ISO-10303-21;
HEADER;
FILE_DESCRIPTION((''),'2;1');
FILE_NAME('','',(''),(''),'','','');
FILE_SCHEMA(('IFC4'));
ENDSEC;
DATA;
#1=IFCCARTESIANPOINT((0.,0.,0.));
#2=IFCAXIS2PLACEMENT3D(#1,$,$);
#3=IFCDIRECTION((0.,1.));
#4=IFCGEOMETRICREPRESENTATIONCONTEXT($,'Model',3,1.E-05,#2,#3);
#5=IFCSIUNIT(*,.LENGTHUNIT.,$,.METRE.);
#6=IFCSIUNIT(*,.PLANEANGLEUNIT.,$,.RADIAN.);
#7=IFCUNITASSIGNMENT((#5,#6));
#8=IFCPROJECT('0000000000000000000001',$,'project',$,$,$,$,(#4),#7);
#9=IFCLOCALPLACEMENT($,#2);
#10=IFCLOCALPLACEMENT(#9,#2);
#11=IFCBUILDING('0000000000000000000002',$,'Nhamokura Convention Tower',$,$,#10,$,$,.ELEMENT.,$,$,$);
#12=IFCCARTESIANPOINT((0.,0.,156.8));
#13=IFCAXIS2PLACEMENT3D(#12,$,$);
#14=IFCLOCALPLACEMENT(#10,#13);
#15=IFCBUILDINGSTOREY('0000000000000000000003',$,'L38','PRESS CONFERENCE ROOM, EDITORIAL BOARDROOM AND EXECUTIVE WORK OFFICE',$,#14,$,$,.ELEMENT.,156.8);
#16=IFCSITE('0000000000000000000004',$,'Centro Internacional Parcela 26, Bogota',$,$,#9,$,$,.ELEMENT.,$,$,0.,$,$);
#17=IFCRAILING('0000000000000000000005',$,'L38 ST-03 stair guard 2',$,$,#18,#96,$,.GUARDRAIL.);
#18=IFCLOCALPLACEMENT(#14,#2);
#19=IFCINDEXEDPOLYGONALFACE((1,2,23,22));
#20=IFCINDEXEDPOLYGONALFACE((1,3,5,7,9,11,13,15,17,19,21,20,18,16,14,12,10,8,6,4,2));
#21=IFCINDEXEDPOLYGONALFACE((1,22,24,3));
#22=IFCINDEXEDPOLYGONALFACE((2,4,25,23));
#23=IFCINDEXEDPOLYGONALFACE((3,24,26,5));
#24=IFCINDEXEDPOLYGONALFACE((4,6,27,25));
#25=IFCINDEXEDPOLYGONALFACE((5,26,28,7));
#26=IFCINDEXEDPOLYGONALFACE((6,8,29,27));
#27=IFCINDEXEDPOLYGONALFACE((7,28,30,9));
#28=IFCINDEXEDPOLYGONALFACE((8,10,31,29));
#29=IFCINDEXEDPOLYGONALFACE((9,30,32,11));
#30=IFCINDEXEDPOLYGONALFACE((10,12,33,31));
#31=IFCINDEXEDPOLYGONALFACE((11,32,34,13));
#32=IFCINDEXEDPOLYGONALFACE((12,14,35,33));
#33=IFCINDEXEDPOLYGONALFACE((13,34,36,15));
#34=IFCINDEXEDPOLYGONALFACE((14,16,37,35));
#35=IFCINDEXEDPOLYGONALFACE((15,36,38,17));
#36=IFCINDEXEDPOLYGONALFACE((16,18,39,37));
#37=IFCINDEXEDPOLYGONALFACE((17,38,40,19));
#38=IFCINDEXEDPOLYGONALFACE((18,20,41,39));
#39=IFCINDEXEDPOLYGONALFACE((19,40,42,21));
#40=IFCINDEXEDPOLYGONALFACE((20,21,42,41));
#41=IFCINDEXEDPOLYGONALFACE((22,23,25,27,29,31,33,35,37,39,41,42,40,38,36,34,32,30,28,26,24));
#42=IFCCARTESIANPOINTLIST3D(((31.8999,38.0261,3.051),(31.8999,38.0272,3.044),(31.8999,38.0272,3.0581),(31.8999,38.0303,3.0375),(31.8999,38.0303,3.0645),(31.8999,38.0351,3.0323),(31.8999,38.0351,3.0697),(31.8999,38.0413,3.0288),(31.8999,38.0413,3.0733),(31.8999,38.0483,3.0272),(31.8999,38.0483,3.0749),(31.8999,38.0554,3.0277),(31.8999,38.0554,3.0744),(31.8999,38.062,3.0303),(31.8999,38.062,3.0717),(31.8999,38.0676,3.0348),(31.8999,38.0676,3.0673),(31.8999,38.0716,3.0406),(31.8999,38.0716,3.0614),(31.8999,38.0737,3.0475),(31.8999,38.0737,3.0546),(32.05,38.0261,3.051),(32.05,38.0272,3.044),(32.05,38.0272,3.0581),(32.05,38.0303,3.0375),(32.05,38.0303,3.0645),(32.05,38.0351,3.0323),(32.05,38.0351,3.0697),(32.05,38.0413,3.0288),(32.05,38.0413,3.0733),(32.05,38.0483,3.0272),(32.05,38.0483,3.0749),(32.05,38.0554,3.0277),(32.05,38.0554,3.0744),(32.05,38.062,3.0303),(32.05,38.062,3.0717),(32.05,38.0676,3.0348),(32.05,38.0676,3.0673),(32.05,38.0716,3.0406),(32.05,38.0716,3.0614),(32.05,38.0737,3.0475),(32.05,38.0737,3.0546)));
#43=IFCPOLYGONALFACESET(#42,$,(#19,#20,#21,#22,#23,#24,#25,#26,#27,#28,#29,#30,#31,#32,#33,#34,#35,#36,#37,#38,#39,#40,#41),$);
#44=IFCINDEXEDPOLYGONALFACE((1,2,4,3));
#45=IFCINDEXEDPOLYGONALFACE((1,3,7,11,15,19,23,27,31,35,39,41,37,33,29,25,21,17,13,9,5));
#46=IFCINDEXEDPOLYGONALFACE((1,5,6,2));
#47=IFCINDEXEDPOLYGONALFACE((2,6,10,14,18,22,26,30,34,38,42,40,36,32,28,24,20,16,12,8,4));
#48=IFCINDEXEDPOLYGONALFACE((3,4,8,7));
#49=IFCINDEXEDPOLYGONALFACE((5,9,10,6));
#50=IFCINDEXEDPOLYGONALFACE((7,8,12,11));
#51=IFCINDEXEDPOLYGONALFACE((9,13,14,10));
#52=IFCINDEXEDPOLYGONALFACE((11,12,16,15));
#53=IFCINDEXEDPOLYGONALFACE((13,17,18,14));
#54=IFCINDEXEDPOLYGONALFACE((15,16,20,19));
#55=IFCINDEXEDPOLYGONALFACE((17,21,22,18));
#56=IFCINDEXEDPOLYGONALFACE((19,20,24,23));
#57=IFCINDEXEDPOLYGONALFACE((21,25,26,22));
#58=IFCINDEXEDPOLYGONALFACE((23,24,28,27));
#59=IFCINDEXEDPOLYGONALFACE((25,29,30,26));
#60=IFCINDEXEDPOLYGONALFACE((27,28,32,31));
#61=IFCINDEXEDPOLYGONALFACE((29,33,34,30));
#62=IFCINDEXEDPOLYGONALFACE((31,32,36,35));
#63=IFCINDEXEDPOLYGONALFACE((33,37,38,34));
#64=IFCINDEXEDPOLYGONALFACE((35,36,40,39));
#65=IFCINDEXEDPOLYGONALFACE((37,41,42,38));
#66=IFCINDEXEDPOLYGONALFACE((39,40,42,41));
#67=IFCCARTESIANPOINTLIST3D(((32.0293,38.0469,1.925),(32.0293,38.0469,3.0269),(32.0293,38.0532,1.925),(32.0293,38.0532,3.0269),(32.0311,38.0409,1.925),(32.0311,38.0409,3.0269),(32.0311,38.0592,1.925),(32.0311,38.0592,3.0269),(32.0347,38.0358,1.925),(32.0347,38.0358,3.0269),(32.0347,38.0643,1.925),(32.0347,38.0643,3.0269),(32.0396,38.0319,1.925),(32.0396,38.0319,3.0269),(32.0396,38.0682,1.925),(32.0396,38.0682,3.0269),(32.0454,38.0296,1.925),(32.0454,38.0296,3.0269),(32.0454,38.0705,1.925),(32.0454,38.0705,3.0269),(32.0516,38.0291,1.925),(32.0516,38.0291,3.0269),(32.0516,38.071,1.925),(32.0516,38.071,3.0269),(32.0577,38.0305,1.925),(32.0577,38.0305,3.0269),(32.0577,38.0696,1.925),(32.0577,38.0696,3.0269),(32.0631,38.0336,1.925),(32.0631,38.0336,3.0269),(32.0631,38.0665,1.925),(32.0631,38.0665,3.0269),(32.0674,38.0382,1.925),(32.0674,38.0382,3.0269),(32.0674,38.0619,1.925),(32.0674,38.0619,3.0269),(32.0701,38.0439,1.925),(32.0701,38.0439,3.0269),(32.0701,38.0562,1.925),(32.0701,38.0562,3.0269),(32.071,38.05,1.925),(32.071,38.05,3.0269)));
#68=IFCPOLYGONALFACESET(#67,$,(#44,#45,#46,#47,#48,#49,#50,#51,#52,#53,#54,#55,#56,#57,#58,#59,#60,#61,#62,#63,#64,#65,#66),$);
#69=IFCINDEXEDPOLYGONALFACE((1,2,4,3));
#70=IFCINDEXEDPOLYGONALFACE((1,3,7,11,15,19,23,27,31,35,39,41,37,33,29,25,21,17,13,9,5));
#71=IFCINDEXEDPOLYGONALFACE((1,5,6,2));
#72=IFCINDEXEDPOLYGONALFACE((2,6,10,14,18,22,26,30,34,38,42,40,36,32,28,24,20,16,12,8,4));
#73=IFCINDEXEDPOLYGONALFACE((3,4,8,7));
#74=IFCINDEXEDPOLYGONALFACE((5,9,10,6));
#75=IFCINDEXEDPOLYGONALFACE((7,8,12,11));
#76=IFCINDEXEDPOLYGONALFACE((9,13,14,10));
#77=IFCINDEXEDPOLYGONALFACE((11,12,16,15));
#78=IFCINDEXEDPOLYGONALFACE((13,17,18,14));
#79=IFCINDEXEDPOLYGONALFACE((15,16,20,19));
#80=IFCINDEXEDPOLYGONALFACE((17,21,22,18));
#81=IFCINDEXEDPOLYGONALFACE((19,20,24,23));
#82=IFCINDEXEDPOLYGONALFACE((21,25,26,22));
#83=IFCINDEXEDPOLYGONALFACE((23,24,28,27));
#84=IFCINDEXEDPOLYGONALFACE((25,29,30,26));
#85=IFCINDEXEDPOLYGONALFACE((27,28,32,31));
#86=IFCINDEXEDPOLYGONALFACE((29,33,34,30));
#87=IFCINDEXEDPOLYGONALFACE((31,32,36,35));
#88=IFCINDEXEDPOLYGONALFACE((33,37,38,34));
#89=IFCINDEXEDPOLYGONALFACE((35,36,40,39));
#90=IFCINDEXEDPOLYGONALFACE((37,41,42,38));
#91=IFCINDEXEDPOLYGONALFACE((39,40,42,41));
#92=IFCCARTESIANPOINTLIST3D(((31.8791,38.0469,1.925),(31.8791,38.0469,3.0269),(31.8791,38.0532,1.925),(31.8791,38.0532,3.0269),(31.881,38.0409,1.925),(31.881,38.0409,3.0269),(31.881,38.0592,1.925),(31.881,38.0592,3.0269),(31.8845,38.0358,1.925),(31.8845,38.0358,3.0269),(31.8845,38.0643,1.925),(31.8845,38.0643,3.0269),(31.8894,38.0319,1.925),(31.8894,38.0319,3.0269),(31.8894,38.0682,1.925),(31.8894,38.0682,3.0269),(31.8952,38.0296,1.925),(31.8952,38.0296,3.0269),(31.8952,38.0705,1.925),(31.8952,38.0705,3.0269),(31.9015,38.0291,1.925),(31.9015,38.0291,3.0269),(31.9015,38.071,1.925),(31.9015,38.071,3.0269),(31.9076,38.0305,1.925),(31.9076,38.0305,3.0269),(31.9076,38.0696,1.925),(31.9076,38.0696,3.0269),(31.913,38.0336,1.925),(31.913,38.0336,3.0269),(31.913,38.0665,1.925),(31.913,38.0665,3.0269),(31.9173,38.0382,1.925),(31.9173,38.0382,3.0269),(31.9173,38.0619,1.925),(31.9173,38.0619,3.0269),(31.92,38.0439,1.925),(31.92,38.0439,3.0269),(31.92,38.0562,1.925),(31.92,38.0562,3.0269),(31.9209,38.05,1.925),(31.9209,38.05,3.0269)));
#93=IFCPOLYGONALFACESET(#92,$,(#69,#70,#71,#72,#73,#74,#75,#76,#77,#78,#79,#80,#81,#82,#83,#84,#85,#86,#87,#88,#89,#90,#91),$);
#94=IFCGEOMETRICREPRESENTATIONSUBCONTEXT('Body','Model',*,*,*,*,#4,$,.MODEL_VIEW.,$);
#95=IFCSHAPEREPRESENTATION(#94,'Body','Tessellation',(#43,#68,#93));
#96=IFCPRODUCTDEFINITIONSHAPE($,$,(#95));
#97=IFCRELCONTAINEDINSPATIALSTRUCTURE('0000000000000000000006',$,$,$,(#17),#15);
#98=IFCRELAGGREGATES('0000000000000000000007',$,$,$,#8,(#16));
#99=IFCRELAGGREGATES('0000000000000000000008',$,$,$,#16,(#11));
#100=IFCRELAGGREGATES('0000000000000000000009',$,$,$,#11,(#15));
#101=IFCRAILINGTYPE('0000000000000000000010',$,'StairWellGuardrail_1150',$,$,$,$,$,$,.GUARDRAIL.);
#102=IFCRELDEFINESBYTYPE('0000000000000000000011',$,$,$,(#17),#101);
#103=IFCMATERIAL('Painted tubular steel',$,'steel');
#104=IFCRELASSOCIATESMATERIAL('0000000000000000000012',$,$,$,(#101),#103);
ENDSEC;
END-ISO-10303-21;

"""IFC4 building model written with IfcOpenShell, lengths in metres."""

from ifc_helpers import new_model, si_unit, direction, frame, origin, origin_2d, place, context, subcontext, project, spatial, circle, extrude, material, type_object, element, save


model = new_model("IFC4")

# Units and contexts
model_context = context("Model", 3, precision=1e-05, world=origin(), true_north=direction((0.0, 1.0)))
body_context = subcontext(model_context, "Body", "Model", "MODEL_VIEW")
ifc_project = project(units=[si_unit("LENGTHUNIT", "METRE"), si_unit("PLANEANGLEUNIT", "RADIAN")], contexts=[model_context])

# Site, building, storey
site_placement = place(None, origin())
site = spatial("IfcSite", under=ifc_project, at=site_placement, Name="Centro Internacional Parcela 26, Bogota", CompositionType="ELEMENT", RefElevation=0.0)
building_placement = place(site_placement, origin())
building = spatial("IfcBuilding", under=site, at=building_placement, Name="Nhamokura Convention Tower", CompositionType="ELEMENT")
storey_placement = place(building_placement, frame((0.0, 0.0, 156.8)))
storey = spatial("IfcBuildingStorey", under=building, at=storey_placement, Name="L38", Description="PRESS CONFERENCE ROOM, EDITORIAL BOARDROOM AND EXECUTIVE WORK OFFICE", CompositionType="ELEMENT", Elevation=156.8)

# Railing
ifc_material_1 = material(Name="Painted tubular steel", Category="steel")
railing_type_1 = type_object("IfcRailingType", Name="StairWellGuardrail_1150", PredefinedType="GUARDRAIL", material=ifc_material_1)
railing_1_placement = place(storey_placement, frame((32.05, 38.05, 1.925)))
element("IfcRailing", 1, at=railing_1_placement, inside=storey, type_object=railing_type_1, Name="L38 ST-03 stair guard 2", PredefinedType="GUARDRAIL", context=body_context, shape_type="SweptSolid", body=[
    extrude(circle(Radius=0.0239, at=origin_2d()), frame((0.0, 0.0, 1.126), z_axis=(-1.0, 0.0, 0.0), x_axis=(0.0, -1.0, 0.0)), (0.0, 0.0, 1.0), 0.1501),
    extrude(circle(Radius=0.021, at=origin_2d()), origin(), (0.0, 0.0, 1.0), 1.1018),
    extrude(circle(Radius=0.021, at=origin_2d()), frame((-0.1501, 0.0, 0.0)), (0.0, 0.0, 1.0), 1.1018),
])

save(model, "model.ifc")
